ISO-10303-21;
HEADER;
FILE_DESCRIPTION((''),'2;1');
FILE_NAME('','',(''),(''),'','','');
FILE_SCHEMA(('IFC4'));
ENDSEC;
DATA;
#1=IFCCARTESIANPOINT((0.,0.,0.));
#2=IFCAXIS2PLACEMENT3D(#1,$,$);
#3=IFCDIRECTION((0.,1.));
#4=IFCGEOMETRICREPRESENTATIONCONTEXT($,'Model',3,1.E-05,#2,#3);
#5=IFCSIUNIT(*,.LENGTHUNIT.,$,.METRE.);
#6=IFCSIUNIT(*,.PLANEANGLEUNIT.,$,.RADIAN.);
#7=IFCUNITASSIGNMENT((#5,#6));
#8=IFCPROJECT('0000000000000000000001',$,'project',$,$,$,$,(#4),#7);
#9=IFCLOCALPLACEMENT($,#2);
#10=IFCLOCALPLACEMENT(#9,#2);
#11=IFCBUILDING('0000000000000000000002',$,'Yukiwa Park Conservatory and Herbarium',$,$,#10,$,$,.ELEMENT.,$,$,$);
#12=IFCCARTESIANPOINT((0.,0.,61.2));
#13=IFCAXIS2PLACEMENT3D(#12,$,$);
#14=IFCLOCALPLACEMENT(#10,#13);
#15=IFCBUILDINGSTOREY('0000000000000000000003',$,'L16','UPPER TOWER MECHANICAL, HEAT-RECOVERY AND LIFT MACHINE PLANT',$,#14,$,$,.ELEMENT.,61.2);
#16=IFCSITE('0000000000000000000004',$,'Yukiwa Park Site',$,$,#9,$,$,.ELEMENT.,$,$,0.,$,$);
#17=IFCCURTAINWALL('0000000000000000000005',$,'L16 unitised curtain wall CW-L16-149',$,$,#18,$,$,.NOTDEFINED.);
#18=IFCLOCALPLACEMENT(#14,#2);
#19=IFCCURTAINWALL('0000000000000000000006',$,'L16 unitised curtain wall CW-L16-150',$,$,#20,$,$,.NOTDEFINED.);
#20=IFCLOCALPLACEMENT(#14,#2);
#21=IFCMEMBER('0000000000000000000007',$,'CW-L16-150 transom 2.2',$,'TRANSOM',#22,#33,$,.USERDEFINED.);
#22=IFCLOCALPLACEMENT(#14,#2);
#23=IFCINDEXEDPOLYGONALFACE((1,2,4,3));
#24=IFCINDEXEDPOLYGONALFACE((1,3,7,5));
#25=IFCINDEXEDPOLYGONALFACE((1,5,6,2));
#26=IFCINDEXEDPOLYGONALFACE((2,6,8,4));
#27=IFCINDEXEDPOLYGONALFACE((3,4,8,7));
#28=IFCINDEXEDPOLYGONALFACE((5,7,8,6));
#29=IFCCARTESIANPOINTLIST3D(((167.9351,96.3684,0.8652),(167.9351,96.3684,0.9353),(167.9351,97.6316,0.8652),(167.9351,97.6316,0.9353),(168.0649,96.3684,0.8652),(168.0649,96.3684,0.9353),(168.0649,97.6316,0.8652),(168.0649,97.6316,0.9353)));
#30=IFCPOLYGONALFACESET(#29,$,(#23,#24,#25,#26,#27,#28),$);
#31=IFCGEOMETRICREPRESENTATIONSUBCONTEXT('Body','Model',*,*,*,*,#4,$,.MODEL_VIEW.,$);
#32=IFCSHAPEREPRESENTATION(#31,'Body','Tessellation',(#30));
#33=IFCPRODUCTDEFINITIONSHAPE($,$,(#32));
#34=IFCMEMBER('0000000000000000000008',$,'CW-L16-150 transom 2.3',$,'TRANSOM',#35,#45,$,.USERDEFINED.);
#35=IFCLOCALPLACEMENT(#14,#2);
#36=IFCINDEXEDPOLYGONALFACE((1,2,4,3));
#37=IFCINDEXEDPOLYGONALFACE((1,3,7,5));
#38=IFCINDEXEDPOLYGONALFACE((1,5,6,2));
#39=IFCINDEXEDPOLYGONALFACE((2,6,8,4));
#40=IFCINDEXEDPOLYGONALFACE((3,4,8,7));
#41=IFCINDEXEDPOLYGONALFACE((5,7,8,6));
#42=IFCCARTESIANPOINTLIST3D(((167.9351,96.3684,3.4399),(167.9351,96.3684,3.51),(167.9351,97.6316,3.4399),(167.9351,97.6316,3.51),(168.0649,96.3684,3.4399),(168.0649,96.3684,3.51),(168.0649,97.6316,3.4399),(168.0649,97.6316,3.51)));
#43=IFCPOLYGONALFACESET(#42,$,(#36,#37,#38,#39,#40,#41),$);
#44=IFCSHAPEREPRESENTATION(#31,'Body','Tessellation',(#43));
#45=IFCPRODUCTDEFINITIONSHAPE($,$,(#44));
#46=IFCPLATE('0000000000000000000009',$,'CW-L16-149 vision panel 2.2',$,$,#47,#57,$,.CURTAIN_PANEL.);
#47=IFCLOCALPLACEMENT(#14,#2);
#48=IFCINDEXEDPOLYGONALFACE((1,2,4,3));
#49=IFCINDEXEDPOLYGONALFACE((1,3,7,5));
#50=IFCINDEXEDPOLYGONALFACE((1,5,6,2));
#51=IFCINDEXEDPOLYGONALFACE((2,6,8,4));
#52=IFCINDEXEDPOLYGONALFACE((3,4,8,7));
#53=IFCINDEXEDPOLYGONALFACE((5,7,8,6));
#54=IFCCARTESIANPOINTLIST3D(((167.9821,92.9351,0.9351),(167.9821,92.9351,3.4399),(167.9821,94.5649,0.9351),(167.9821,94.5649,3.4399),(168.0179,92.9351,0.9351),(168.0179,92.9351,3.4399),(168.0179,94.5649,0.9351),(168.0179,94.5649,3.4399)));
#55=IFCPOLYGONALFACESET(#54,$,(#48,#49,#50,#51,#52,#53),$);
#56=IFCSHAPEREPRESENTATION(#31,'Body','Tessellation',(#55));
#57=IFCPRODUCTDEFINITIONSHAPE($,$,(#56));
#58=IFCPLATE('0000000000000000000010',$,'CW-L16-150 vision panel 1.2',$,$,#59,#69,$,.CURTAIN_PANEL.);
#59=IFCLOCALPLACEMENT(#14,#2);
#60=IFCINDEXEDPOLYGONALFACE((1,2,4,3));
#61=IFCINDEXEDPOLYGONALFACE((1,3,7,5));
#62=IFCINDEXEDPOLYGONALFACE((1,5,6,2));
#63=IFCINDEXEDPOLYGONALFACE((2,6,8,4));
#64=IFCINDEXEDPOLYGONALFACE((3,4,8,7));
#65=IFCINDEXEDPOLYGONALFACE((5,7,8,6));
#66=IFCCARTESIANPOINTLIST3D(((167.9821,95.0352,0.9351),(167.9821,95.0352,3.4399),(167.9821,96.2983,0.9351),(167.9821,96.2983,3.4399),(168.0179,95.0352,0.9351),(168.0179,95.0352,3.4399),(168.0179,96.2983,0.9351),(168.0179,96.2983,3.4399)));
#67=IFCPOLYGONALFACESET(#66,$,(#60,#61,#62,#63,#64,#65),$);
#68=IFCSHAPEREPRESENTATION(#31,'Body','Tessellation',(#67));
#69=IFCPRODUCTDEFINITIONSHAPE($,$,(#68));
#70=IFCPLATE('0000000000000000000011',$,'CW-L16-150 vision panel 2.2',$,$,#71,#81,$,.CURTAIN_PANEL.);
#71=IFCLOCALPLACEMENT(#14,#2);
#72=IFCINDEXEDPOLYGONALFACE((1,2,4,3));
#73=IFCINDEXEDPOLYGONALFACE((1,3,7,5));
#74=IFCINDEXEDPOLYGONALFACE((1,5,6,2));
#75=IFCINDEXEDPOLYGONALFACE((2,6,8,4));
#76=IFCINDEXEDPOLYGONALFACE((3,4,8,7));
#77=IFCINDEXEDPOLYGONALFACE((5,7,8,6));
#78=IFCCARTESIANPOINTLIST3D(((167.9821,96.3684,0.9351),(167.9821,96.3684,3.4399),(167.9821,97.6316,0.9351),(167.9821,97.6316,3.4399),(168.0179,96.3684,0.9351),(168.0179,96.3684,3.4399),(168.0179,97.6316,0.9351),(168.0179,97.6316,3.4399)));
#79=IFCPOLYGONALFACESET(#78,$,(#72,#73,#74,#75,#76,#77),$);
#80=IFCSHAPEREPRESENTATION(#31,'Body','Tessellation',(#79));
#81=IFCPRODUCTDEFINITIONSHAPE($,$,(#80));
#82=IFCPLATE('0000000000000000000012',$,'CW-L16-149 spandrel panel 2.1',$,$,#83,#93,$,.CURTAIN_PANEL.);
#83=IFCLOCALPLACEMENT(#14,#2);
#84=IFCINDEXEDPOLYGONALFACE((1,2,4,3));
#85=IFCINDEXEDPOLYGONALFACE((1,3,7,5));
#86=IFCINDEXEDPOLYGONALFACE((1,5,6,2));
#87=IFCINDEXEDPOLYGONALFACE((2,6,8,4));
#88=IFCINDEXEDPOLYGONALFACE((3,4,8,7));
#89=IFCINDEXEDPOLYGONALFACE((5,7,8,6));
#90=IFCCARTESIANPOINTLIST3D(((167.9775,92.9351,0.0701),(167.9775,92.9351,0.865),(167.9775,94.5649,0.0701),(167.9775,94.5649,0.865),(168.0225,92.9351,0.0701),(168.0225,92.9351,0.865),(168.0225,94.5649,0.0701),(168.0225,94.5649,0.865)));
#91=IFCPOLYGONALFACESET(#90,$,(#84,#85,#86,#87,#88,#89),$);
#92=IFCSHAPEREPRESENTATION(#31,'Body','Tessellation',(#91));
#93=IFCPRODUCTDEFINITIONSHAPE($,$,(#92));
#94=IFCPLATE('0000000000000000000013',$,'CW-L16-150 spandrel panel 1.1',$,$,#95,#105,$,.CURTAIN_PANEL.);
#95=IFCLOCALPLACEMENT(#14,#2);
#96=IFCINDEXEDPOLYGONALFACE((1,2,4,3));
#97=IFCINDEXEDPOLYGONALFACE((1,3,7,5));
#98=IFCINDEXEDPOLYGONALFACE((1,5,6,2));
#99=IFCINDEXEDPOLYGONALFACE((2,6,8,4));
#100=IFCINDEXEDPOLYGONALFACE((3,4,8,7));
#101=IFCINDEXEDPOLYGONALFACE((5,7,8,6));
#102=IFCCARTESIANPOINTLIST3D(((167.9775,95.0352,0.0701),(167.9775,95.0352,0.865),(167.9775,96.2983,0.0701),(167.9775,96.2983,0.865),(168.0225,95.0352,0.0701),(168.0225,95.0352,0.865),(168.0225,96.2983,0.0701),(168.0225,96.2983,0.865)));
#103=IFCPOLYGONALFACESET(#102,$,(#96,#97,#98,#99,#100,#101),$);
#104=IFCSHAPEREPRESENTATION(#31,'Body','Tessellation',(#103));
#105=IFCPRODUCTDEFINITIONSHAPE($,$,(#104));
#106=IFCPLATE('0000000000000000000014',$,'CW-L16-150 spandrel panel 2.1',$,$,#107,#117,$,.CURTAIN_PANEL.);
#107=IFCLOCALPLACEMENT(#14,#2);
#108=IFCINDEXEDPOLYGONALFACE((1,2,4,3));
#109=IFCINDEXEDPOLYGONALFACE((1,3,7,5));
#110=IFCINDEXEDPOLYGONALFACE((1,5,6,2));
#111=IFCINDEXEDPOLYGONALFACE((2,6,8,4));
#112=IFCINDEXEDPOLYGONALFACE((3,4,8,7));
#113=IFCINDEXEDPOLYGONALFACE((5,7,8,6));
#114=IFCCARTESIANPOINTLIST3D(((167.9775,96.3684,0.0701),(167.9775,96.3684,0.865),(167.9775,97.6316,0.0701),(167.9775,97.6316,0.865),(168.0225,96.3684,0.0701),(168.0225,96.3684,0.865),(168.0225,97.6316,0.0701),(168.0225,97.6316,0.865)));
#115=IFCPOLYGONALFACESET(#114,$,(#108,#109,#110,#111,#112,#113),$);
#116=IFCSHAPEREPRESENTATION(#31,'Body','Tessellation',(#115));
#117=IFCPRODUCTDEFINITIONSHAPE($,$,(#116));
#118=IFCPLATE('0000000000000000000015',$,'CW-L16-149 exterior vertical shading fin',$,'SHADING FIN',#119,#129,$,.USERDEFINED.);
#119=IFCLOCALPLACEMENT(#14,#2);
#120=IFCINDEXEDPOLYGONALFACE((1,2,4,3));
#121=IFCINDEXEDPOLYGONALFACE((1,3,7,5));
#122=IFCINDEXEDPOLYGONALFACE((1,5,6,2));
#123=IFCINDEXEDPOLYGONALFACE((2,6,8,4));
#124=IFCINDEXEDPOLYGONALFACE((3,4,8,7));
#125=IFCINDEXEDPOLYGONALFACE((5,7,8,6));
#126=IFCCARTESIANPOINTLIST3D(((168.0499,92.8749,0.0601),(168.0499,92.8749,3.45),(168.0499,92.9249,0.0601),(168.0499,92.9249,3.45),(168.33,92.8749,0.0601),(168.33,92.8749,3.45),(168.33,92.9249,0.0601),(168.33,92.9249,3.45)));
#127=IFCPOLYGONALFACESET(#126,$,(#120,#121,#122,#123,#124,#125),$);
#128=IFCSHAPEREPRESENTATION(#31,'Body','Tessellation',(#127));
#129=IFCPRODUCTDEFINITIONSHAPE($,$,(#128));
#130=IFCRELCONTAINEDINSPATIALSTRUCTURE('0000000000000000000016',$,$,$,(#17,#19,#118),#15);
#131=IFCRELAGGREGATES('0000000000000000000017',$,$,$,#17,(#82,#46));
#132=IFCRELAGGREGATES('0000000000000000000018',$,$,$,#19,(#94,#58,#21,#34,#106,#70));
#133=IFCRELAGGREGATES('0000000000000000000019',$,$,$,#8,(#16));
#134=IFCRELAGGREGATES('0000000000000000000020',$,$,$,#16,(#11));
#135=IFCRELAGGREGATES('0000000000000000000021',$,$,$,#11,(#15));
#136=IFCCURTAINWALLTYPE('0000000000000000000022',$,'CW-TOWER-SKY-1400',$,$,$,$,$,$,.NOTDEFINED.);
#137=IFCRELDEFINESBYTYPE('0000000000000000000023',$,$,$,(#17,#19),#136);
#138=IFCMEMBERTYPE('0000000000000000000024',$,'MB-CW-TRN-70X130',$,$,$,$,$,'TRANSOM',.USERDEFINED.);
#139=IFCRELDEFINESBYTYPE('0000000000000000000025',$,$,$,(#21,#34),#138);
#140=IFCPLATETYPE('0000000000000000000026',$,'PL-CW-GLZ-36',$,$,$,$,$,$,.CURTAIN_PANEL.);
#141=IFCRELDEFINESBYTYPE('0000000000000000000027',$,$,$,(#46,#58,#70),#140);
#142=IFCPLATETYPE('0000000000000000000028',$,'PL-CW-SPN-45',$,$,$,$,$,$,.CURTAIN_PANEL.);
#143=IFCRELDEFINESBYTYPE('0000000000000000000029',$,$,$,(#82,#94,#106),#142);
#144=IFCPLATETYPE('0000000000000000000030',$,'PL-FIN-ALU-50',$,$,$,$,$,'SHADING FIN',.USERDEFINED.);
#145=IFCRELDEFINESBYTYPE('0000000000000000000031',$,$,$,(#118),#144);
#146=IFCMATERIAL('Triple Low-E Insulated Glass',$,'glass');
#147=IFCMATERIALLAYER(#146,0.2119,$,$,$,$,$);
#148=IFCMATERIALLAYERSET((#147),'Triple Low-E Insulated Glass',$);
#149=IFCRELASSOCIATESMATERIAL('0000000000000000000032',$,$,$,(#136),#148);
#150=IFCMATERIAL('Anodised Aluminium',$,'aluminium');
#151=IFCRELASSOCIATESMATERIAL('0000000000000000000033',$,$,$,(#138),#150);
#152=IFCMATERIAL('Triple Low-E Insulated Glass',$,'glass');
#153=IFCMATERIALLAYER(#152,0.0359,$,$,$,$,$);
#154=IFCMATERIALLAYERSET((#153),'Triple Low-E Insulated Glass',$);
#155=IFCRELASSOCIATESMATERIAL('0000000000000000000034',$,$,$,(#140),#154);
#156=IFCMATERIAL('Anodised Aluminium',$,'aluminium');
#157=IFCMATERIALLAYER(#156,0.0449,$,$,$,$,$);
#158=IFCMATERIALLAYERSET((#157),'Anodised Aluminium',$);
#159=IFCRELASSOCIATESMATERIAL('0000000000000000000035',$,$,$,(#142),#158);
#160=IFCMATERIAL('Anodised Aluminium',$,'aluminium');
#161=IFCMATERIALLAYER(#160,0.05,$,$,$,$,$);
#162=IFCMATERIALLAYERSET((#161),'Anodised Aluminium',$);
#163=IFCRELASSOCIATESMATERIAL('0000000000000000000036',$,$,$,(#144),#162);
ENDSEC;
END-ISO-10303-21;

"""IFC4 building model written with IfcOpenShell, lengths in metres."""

from ifc_helpers import new_model, si_unit, direction, frame, origin, origin_2d, place, context, subcontext, project, spatial, rectangle, extrude, material, layer, layer_set, type_object, element, aggregate, save


model = new_model("IFC4")

# Units and contexts
model_context = context("Model", 3, precision=1e-05, world=origin(), true_north=direction((0.0, 1.0)))
body_context = subcontext(model_context, "Body", "Model", "MODEL_VIEW")
ifc_project = project(units=[si_unit("LENGTHUNIT", "METRE"), si_unit("PLANEANGLEUNIT", "RADIAN")], contexts=[model_context])

# Site, building, storey
site_placement = place(None, origin())
site = spatial("IfcSite", under=ifc_project, at=site_placement, Name="Yukiwa Park Site", CompositionType="ELEMENT", RefElevation=0.0)
building_placement = place(site_placement, origin())
building = spatial("IfcBuilding", under=site, at=building_placement, Name="Yukiwa Park Conservatory and Herbarium", CompositionType="ELEMENT")
storey_placement = place(building_placement, frame((0.0, 0.0, 61.2)))
storey = spatial("IfcBuildingStorey", under=building, at=storey_placement, Name="L16", Description="UPPER TOWER MECHANICAL, HEAT-RECOVERY AND LIFT MACHINE PLANT", CompositionType="ELEMENT", Elevation=61.2)

# Curtain walls
ifc_material_1 = material(Name="Triple Low-E Insulated Glass", Category="glass")
ifc_layer_1 = layer(ifc_material_1, 0.2119)
ifc_layer_set_1 = layer_set([ifc_layer_1], Name="Triple Low-E Insulated Glass")
curtain_wall_type = type_object("IfcCurtainWallType", Name="CW-TOWER-SKY-1400", PredefinedType="NOTDEFINED", material=ifc_layer_set_1)
curtain_wall_1_placement = place(storey_placement, origin())
curtain_wall_1 = element("IfcCurtainWall", 1, at=curtain_wall_1_placement, inside=storey, type_object=curtain_wall_type, Name="L16 unitised curtain wall CW-L16-149", PredefinedType="NOTDEFINED")
curtain_wall_2_placement = place(storey_placement, origin())
curtain_wall_2 = element("IfcCurtainWall", 2, at=curtain_wall_2_placement, inside=storey, type_object=curtain_wall_type, Name="L16 unitised curtain wall CW-L16-150", PredefinedType="NOTDEFINED")

# Members
ifc_material_2 = material(Name="Anodised Aluminium", Category="aluminium")
member_type_1 = type_object("IfcMemberType", Name="MB-CW-TRN-70X130", ElementType="TRANSOM", PredefinedType="USERDEFINED", material=ifc_material_2)
member_1_placement = place(storey_placement, frame((168.0, 97.0, 0.8652), z_axis=(0.0, 0.0, 1.0), x_axis=(0.0, 1.0, 0.0)))
member_1 = element("IfcMember", 3, at=member_1_placement, type_object=member_type_1, Name="CW-L16-150 transom 2.2", ObjectType="TRANSOM", PredefinedType="USERDEFINED", context=body_context, shape_type="SweptSolid", body=[
    extrude(rectangle(XDim=1.2632, YDim=0.1299, at=origin_2d()), origin(), (0.0, 0.0, 1.0), 0.0701),
])
member_2_placement = place(storey_placement, frame((168.0, 97.0, 3.4399), z_axis=(0.0, 0.0, 1.0), x_axis=(0.0, 1.0, 0.0)))
member_2 = element("IfcMember", 4, at=member_2_placement, type_object=member_type_1, Name="CW-L16-150 transom 2.3", ObjectType="TRANSOM", PredefinedType="USERDEFINED", context=body_context, shape_type="SweptSolid", body=[
    extrude(rectangle(XDim=1.2632, YDim=0.1299, at=origin_2d()), origin(), (0.0, 0.0, 1.0), 0.0701),
])

# Plates
ifc_material_3 = material(Name="Triple Low-E Insulated Glass", Category="glass")
ifc_layer_2 = layer(ifc_material_3, 0.0359)
ifc_layer_set_2 = layer_set([ifc_layer_2], Name="Triple Low-E Insulated Glass")
plate_type_1 = type_object("IfcPlateType", Name="PL-CW-GLZ-36", PredefinedType="CURTAIN_PANEL", material=ifc_layer_set_2)
plate_1_placement = place(storey_placement, frame((168.0, 93.75, 0.9351), z_axis=(0.0, 0.0, 1.0), x_axis=(0.0, 1.0, 0.0)))
plate_1 = element("IfcPlate", 5, at=plate_1_placement, type_object=plate_type_1, Name="CW-L16-149 vision panel 2.2", PredefinedType="CURTAIN_PANEL", context=body_context, shape_type="SweptSolid", body=[
    extrude(rectangle(XDim=1.6299, YDim=0.0359, at=origin_2d()), origin(), (0.0, 0.0, 1.0), 2.5049),
])
plate_2_placement = place(storey_placement, frame((168.0, 95.6667, 0.9351), z_axis=(0.0, 0.0, 1.0), x_axis=(0.0, 1.0, 0.0)))
plate_2 = element("IfcPlate", 6, at=plate_2_placement, type_object=plate_type_1, Name="CW-L16-150 vision panel 1.2", PredefinedType="CURTAIN_PANEL", context=body_context, shape_type="SweptSolid", body=[
    extrude(rectangle(XDim=1.2632, YDim=0.0359, at=origin_2d()), origin(), (0.0, 0.0, 1.0), 2.5049),
])
plate_3_placement = place(storey_placement, frame((168.0, 97.0, 0.9351), z_axis=(0.0, 0.0, 1.0), x_axis=(0.0, 1.0, 0.0)))
plate_3 = element("IfcPlate", 7, at=plate_3_placement, type_object=plate_type_1, Name="CW-L16-150 vision panel 2.2", PredefinedType="CURTAIN_PANEL", context=body_context, shape_type="SweptSolid", body=[
    extrude(rectangle(XDim=1.2632, YDim=0.0359, at=origin_2d()), origin(), (0.0, 0.0, 1.0), 2.5049),
])
ifc_material_4 = material(Name="Anodised Aluminium", Category="aluminium")
ifc_layer_3 = layer(ifc_material_4, 0.0449)
ifc_layer_set_3 = layer_set([ifc_layer_3], Name="Anodised Aluminium")
plate_type_2 = type_object("IfcPlateType", Name="PL-CW-SPN-45", PredefinedType="CURTAIN_PANEL", material=ifc_layer_set_3)
plate_4_placement = place(storey_placement, frame((168.0, 93.75, 0.0701), z_axis=(0.0, 0.0, 1.0), x_axis=(0.0, 1.0, 0.0)))
plate_4 = element("IfcPlate", 8, at=plate_4_placement, type_object=plate_type_2, Name="CW-L16-149 spandrel panel 2.1", PredefinedType="CURTAIN_PANEL", context=body_context, shape_type="SweptSolid", body=[
    extrude(rectangle(XDim=1.6299, YDim=0.0449, at=origin_2d()), origin(), (0.0, 0.0, 1.0), 0.7949),
])
aggregate(curtain_wall_1, [plate_4, plate_1])
plate_5_placement = place(storey_placement, frame((168.0, 95.6667, 0.0701), z_axis=(0.0, 0.0, 1.0), x_axis=(0.0, 1.0, 0.0)))
plate_5 = element("IfcPlate", 9, at=plate_5_placement, type_object=plate_type_2, Name="CW-L16-150 spandrel panel 1.1", PredefinedType="CURTAIN_PANEL", context=body_context, shape_type="SweptSolid", body=[
    extrude(rectangle(XDim=1.2632, YDim=0.0449, at=origin_2d()), origin(), (0.0, 0.0, 1.0), 0.7949),
])
plate_6_placement = place(storey_placement, frame((168.0, 97.0, 0.0701), z_axis=(0.0, 0.0, 1.0), x_axis=(0.0, 1.0, 0.0)))
plate_6 = element("IfcPlate", 10, at=plate_6_placement, type_object=plate_type_2, Name="CW-L16-150 spandrel panel 2.1", PredefinedType="CURTAIN_PANEL", context=body_context, shape_type="SweptSolid", body=[
    extrude(rectangle(XDim=1.2632, YDim=0.0449, at=origin_2d()), origin(), (0.0, 0.0, 1.0), 0.7949),
])
aggregate(curtain_wall_2, [plate_5, plate_2, member_1, member_2, plate_6, plate_3])
ifc_material_5 = material(Name="Anodised Aluminium", Category="aluminium")
ifc_layer_4 = layer(ifc_material_5, 0.05)
ifc_layer_set_4 = layer_set([ifc_layer_4], Name="Anodised Aluminium")
plate_type_3 = type_object("IfcPlateType", Name="PL-FIN-ALU-50", ElementType="SHADING FIN", PredefinedType="USERDEFINED", material=ifc_layer_set_4)
plate_7_placement = place(storey_placement, frame((168.1899, 92.8999, 0.0601), z_axis=(0.0, 0.0, 1.0), x_axis=(0.0, 1.0, 0.0)))
element("IfcPlate", 11, at=plate_7_placement, inside=storey, type_object=plate_type_3, Name="CW-L16-149 exterior vertical shading fin", ObjectType="SHADING FIN", PredefinedType="USERDEFINED", context=body_context, shape_type="SweptSolid", body=[
    extrude(rectangle(XDim=0.05, YDim=0.28, at=origin_2d()), origin(), (0.0, 0.0, 1.0), 3.3899),
])

save(model, "model.ifc")
